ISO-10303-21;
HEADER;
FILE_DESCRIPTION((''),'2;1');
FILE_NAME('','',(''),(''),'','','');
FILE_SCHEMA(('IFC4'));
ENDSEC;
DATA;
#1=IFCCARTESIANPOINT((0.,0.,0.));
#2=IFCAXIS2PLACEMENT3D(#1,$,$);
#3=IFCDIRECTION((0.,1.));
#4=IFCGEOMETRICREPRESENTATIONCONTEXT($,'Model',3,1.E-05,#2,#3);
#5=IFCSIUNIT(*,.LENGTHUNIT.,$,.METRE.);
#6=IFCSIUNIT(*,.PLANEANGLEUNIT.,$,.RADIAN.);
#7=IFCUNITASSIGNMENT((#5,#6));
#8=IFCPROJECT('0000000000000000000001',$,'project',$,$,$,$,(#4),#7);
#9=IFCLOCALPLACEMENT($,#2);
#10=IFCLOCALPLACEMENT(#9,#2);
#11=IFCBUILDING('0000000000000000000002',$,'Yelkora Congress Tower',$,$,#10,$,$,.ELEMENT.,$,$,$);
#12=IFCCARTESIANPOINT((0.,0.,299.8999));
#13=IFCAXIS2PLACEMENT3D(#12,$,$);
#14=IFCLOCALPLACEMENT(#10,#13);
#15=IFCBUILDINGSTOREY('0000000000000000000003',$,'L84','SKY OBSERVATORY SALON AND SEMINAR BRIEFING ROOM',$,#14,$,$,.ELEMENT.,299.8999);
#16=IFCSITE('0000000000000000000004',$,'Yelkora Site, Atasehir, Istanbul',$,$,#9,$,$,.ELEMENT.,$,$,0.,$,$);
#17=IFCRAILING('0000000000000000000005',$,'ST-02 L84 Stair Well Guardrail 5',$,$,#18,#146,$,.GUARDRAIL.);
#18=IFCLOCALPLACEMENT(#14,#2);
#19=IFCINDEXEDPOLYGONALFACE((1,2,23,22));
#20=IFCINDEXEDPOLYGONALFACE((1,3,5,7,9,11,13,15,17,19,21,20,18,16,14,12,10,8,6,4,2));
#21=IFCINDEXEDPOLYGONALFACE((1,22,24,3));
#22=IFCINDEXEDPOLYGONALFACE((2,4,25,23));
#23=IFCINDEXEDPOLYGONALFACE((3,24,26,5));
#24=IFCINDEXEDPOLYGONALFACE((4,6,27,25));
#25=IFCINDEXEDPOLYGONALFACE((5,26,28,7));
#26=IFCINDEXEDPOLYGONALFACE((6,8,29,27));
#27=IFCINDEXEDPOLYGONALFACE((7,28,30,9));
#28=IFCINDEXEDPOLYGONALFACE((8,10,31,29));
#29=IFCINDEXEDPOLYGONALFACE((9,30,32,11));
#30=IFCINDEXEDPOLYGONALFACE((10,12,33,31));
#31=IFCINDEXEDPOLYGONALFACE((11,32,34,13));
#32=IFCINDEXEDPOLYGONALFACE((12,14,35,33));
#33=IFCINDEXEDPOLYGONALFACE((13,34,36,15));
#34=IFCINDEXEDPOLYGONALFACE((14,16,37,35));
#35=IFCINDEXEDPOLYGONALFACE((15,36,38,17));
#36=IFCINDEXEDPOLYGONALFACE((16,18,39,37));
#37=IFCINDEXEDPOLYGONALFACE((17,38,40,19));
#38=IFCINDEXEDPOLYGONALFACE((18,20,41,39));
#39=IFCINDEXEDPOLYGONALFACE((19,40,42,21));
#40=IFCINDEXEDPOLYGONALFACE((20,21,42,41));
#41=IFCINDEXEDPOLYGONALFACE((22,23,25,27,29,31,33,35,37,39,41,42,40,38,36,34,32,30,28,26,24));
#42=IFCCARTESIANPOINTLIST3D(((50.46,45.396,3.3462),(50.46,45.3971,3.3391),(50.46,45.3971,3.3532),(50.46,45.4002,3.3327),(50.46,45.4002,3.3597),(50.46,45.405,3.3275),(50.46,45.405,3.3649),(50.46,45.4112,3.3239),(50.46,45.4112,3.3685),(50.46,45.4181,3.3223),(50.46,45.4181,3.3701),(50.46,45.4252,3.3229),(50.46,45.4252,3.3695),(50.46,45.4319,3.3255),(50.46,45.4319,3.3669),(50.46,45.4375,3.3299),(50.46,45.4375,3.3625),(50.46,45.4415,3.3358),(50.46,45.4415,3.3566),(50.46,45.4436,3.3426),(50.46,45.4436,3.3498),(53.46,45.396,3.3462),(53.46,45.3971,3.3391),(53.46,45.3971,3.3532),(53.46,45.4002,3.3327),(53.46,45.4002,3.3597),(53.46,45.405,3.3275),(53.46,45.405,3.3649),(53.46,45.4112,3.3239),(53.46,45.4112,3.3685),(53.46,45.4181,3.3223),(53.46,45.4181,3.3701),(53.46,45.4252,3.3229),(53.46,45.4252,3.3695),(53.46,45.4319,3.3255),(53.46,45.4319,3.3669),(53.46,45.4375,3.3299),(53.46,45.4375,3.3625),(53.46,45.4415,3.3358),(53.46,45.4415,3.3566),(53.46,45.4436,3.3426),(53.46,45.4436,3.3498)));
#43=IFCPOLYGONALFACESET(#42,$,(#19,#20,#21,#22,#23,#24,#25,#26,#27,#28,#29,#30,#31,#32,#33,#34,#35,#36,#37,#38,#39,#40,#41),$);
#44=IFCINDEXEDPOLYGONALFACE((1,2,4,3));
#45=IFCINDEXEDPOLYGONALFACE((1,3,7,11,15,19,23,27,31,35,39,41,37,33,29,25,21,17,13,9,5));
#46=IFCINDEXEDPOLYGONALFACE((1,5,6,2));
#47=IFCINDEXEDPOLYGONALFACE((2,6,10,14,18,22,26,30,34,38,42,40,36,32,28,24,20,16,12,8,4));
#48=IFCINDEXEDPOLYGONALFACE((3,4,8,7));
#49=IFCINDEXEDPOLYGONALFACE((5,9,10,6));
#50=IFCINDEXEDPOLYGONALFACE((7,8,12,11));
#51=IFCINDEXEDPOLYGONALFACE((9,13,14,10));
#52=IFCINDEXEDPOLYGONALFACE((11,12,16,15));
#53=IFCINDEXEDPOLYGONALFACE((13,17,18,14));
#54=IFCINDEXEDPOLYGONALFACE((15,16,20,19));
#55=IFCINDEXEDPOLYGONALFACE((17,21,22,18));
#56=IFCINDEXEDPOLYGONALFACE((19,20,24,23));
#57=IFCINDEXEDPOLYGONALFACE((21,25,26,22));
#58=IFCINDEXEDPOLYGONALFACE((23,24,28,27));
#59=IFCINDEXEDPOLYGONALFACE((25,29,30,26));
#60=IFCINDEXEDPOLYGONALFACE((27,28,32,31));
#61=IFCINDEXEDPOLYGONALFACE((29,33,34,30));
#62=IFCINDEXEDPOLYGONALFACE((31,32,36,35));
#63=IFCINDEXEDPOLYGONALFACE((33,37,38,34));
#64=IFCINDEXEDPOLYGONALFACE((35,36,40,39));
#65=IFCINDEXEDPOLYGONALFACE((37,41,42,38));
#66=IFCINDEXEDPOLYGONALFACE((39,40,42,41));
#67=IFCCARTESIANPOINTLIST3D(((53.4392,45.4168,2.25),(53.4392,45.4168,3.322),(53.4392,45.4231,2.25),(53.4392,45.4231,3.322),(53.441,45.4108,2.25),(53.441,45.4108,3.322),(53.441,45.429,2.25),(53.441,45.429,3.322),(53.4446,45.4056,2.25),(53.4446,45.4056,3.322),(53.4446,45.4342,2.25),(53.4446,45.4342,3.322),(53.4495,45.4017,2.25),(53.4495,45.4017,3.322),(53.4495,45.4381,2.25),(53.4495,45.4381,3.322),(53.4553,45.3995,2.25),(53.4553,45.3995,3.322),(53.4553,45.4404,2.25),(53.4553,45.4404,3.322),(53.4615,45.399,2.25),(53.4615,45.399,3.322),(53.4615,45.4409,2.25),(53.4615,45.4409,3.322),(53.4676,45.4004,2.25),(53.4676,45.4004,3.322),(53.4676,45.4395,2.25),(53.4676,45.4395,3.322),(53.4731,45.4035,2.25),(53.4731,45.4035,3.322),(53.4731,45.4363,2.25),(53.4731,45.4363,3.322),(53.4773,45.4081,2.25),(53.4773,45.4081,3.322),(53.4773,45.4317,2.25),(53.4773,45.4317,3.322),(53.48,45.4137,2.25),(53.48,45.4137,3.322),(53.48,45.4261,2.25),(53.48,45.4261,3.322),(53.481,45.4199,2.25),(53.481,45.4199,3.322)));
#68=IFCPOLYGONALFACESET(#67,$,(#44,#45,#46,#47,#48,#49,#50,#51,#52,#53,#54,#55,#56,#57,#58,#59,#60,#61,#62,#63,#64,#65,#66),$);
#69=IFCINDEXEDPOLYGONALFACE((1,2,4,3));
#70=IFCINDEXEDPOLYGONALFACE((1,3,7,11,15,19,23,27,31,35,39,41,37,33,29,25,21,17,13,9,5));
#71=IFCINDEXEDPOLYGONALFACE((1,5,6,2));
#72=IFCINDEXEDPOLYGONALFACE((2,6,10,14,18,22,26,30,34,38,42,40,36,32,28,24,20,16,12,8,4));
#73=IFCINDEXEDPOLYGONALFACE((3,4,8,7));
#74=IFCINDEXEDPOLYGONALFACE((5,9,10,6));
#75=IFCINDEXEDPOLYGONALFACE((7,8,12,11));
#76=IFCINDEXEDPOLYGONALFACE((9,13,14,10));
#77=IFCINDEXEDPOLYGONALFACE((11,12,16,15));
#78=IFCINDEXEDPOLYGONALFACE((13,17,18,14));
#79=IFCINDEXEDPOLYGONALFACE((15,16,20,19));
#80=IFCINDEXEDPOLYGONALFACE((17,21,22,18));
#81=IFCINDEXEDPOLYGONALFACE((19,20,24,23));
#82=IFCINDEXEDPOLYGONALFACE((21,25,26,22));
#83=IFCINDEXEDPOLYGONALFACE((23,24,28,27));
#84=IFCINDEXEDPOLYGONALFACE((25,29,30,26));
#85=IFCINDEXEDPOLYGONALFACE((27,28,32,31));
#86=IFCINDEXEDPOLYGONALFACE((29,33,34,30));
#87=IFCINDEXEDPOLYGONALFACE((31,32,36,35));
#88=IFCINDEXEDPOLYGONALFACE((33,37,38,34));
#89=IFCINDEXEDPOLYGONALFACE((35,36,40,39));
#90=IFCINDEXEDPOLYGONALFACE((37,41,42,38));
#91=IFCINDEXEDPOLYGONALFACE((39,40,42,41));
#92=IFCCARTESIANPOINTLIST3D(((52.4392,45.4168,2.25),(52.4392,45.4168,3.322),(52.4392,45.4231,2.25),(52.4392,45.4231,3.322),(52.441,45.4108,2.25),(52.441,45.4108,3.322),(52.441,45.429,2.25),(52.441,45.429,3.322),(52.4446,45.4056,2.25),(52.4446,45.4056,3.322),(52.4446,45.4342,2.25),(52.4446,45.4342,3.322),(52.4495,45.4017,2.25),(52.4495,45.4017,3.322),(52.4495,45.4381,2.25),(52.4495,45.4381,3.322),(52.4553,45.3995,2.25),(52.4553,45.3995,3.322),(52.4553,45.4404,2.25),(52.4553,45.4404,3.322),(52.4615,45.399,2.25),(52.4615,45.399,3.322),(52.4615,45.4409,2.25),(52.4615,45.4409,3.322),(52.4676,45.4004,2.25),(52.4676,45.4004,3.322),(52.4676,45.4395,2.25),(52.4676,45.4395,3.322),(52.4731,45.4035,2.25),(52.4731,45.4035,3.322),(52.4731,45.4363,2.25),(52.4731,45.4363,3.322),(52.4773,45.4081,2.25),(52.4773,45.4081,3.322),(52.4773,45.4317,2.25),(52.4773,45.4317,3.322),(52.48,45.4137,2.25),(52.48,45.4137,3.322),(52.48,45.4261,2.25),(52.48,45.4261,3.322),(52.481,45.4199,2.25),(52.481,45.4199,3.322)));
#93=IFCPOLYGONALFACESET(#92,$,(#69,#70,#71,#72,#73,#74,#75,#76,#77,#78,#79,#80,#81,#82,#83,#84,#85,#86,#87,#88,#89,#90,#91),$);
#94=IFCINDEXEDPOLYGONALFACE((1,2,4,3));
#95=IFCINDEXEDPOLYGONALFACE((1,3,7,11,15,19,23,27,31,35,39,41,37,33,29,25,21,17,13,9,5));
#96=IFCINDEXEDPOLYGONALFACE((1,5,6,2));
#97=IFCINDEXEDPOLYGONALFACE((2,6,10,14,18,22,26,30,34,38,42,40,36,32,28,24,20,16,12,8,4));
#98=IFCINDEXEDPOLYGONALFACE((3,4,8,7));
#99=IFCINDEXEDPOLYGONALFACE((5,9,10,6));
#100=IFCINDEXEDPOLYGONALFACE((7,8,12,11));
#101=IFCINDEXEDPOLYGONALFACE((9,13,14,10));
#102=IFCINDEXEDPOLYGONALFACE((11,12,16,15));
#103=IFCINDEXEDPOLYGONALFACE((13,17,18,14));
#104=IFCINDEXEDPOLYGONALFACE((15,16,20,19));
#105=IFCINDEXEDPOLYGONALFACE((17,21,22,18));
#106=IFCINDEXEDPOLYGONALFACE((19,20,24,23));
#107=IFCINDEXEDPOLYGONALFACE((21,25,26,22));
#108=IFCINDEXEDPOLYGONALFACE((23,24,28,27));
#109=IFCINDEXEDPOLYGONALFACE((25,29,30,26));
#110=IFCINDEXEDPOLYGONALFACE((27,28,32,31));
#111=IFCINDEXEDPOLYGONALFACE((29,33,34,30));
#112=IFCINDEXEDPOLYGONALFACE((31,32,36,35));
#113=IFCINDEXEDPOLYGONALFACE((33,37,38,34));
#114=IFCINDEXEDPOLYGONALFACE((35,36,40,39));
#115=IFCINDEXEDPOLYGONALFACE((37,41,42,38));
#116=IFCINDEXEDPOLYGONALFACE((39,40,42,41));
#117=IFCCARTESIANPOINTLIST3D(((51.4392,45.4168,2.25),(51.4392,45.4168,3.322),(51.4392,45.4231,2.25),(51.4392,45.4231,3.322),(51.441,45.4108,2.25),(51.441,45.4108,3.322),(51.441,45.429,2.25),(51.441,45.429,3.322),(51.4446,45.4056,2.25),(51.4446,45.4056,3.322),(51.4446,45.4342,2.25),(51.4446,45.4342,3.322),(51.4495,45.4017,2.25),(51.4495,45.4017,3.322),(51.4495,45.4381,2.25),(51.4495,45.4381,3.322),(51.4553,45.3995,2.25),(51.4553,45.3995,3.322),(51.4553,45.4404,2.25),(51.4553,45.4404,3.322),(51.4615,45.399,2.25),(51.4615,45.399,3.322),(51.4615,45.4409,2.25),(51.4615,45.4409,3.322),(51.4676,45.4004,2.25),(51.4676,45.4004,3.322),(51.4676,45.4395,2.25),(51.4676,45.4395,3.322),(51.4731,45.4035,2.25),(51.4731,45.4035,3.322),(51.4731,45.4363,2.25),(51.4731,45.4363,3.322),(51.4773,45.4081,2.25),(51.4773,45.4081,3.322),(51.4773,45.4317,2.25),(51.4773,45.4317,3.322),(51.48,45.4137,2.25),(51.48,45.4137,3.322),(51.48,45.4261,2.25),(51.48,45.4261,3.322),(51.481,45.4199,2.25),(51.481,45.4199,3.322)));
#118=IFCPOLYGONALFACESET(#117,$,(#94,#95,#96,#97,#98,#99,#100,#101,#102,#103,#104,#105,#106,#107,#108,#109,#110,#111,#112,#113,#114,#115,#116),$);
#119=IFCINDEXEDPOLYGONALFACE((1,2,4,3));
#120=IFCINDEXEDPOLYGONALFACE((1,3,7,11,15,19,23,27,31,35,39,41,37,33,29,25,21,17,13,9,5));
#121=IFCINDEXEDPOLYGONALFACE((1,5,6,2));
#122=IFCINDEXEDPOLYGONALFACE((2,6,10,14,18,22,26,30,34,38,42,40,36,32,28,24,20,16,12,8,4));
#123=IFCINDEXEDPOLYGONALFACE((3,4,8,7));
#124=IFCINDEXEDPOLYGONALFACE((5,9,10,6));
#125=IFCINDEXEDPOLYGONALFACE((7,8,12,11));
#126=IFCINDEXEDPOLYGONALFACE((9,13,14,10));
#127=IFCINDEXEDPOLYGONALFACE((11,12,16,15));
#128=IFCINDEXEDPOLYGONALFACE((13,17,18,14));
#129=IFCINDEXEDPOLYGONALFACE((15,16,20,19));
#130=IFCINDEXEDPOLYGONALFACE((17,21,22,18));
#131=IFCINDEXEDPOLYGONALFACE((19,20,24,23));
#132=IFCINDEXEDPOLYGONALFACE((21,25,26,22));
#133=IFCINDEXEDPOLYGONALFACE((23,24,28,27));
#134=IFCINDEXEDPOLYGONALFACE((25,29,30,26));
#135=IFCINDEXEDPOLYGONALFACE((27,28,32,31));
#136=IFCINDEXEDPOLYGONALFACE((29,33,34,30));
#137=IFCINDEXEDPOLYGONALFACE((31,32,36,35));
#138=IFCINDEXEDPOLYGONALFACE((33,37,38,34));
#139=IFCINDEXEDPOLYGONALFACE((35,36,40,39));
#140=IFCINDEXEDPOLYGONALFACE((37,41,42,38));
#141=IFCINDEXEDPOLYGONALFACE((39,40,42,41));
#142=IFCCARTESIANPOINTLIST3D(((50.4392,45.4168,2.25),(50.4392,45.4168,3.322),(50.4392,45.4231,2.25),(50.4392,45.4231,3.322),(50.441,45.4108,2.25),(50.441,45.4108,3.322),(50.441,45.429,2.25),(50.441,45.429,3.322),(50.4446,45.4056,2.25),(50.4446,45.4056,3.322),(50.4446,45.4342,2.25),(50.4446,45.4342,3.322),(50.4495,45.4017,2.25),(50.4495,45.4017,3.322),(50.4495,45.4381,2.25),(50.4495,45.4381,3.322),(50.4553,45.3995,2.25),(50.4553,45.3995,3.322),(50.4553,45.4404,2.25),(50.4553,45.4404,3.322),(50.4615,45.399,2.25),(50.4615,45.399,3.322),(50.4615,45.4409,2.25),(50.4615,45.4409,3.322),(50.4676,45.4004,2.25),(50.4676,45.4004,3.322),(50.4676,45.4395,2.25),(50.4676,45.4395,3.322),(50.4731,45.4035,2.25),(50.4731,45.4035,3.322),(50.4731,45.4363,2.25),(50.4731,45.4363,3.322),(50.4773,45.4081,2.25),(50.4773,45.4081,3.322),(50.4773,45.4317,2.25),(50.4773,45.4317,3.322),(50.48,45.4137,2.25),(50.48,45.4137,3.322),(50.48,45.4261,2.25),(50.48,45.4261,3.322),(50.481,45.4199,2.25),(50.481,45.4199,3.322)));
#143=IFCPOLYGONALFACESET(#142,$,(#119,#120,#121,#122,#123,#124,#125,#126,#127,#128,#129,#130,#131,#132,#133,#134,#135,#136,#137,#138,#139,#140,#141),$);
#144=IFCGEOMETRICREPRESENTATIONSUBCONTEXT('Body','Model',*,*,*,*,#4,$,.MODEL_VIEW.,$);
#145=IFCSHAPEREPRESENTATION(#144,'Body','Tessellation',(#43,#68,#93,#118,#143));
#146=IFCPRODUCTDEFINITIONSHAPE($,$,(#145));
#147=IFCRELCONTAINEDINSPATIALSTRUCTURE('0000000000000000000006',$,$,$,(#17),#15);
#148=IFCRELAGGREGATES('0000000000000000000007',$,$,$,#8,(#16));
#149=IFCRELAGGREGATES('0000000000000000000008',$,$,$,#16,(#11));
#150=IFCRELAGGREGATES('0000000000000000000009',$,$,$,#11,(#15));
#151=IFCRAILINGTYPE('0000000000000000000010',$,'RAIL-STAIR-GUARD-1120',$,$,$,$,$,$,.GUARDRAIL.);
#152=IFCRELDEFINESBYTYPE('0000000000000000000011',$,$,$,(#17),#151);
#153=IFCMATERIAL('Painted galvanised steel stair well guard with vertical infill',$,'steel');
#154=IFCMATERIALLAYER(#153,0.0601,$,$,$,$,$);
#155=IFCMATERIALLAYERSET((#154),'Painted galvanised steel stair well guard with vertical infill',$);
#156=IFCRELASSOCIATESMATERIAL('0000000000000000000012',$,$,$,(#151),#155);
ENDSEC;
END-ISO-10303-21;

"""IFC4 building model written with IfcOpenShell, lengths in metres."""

from ifc_helpers import new_model, si_unit, direction, frame, origin, origin_2d, place, context, subcontext, project, spatial, circle, extrude, material, layer, layer_set, type_object, element, save


model = new_model("IFC4")

# Units and contexts
model_context = context("Model", 3, precision=1e-05, world=origin(), true_north=direction((0.0, 1.0)))
body_context = subcontext(model_context, "Body", "Model", "MODEL_VIEW")
ifc_project = project(units=[si_unit("LENGTHUNIT", "METRE"), si_unit("PLANEANGLEUNIT", "RADIAN")], contexts=[model_context])

# Site, building, storey
site_placement = place(None, origin())
site = spatial("IfcSite", under=ifc_project, at=site_placement, Name="Yelkora Site, Atasehir, Istanbul", CompositionType="ELEMENT", RefElevation=0.0)
building_placement = place(site_placement, origin())
building = spatial("IfcBuilding", under=site, at=building_placement, Name="Yelkora Congress Tower", CompositionType="ELEMENT")
storey_placement = place(building_placement, frame((0.0, 0.0, 299.8999)))
storey = spatial("IfcBuildingStorey", under=building, at=storey_placement, Name="L84", Description="SKY OBSERVATORY SALON AND SEMINAR BRIEFING ROOM", CompositionType="ELEMENT", Elevation=299.8999)

# Railing
ifc_material_1 = material(Name="Painted galvanised steel stair well guard with vertical infill", Category="steel")
ifc_layer_1 = layer(ifc_material_1, 0.0601)
ifc_layer_set_1 = layer_set([ifc_layer_1], Name="Painted galvanised steel stair well guard with vertical infill")
railing_type = type_object("IfcRailingType", Name="RAIL-STAIR-GUARD-1120", PredefinedType="GUARDRAIL", material=ifc_layer_set_1)
railing_1_placement = place(storey_placement, frame((53.46, 45.4199, 2.25)))
element("IfcRailing", 1, at=railing_1_placement, inside=storey, type_object=railing_type, Name="ST-02 L84 Stair Well Guardrail 5", PredefinedType="GUARDRAIL", context=body_context, shape_type="SweptSolid", body=[
    extrude(circle(Radius=0.0239, at=origin_2d()), frame((0.0, 0.0, 1.0962), z_axis=(-1.0, 0.0, 0.0), x_axis=(0.0, -1.0, 0.0)), (0.0, 0.0, 1.0), 3.0),
    extrude(circle(Radius=0.021, at=origin_2d()), origin(), (0.0, 0.0, 1.0), 1.072),
    extrude(circle(Radius=0.021, at=origin_2d()), frame((-1.0, 0.0, 0.0)), (0.0, 0.0, 1.0), 1.072),
    extrude(circle(Radius=0.021, at=origin_2d()), frame((-2.0, 0.0, 0.0)), (0.0, 0.0, 1.0), 1.072),
    extrude(circle(Radius=0.021, at=origin_2d()), frame((-3.0, 0.0, 0.0)), (0.0, 0.0, 1.0), 1.072),
])

save(model, "model.ifc")
